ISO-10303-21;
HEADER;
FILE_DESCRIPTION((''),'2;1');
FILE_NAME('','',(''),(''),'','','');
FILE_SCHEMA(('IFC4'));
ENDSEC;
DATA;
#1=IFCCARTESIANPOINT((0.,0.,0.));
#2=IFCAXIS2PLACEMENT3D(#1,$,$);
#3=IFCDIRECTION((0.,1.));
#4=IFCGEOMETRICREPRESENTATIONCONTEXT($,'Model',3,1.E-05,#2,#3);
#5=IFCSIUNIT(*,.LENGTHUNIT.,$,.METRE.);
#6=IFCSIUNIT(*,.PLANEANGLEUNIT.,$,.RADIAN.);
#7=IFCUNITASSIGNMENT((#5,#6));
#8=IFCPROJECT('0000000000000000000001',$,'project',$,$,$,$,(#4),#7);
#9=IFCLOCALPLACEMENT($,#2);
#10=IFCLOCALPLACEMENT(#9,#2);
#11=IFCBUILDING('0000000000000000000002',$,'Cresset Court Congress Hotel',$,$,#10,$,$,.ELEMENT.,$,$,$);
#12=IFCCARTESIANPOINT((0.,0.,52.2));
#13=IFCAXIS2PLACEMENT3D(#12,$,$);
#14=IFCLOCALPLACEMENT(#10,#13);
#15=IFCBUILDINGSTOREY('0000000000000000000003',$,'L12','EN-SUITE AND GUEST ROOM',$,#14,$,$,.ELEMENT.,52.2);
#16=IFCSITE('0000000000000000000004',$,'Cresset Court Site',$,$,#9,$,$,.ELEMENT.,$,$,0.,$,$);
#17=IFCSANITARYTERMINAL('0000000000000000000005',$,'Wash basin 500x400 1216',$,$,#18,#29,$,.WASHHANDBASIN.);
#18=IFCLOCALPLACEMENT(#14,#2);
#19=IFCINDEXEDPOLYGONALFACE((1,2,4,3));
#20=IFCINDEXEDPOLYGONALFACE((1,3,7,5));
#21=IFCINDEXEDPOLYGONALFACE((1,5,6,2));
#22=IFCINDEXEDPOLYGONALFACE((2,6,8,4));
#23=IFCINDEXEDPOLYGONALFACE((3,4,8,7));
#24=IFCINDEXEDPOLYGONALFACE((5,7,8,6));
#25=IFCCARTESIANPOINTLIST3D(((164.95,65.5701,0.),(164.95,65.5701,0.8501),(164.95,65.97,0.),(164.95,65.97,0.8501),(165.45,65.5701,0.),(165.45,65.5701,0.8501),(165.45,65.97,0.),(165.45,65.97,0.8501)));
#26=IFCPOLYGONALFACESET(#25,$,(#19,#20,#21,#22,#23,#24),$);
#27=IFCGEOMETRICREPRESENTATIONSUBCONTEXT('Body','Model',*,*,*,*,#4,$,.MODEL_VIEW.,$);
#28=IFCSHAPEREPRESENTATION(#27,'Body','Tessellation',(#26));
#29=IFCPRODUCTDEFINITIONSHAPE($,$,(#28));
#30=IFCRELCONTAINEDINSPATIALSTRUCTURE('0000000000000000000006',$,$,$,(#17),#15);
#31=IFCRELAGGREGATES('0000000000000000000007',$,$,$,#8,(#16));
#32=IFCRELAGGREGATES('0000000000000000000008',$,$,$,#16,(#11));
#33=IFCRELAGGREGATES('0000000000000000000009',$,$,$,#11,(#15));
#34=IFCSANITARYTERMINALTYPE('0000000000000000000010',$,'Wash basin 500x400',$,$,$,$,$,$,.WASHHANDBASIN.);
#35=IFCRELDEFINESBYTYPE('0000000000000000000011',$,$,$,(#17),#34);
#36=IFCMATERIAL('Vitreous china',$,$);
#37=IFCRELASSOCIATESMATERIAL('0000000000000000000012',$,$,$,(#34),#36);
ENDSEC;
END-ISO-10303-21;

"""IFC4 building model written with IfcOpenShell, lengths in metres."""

from ifc_helpers import new_model, si_unit, direction, frame, origin, origin_2d, place, context, subcontext, project, spatial, rectangle, extrude, material, type_object, element, save


model = new_model("IFC4")

# Units and contexts
model_context = context("Model", 3, precision=1e-05, world=origin(), true_north=direction((0.0, 1.0)))
body_context = subcontext(model_context, "Body", "Model", "MODEL_VIEW")
ifc_project = project(units=[si_unit("LENGTHUNIT", "METRE"), si_unit("PLANEANGLEUNIT", "RADIAN")], contexts=[model_context])

# Site, building, storey
site_placement = place(None, origin())
site = spatial("IfcSite", under=ifc_project, at=site_placement, Name="Cresset Court Site", CompositionType="ELEMENT", RefElevation=0.0)
building_placement = place(site_placement, origin())
building = spatial("IfcBuilding", under=site, at=building_placement, Name="Cresset Court Congress Hotel", CompositionType="ELEMENT")
storey_placement = place(building_placement, frame((0.0, 0.0, 52.2)))
storey = spatial("IfcBuildingStorey", under=building, at=storey_placement, Name="L12", Description="EN-SUITE AND GUEST ROOM", CompositionType="ELEMENT", Elevation=52.2)

# Sanitary terminal
ifc_material_1 = material(Name="Vitreous china")
sanitary_terminal_type_1 = type_object("IfcSanitaryTerminalType", Name="Wash basin 500x400", PredefinedType="WASHHANDBASIN", material=ifc_material_1)
for number, where, z_axis, x_axis, name in (
    (1, (165.2, 65.77, 0.0), (0.0, 0.0, 1.0), (1.0, 0.0, 0.0), "Wash basin 500x400 1216"),
):
    element("IfcSanitaryTerminal", number, at=place(storey_placement, frame(where, z_axis=z_axis, x_axis=x_axis)), inside=storey, type_object=sanitary_terminal_type_1, Name=name, PredefinedType="WASHHANDBASIN", context=body_context, shape_type="SweptSolid", body=[
        extrude(rectangle(XDim=0.5, YDim=0.3999, at=origin_2d()), origin(), (0.0, 0.0, 1.0), 0.8501),
    ])

save(model, "model.ifc")
